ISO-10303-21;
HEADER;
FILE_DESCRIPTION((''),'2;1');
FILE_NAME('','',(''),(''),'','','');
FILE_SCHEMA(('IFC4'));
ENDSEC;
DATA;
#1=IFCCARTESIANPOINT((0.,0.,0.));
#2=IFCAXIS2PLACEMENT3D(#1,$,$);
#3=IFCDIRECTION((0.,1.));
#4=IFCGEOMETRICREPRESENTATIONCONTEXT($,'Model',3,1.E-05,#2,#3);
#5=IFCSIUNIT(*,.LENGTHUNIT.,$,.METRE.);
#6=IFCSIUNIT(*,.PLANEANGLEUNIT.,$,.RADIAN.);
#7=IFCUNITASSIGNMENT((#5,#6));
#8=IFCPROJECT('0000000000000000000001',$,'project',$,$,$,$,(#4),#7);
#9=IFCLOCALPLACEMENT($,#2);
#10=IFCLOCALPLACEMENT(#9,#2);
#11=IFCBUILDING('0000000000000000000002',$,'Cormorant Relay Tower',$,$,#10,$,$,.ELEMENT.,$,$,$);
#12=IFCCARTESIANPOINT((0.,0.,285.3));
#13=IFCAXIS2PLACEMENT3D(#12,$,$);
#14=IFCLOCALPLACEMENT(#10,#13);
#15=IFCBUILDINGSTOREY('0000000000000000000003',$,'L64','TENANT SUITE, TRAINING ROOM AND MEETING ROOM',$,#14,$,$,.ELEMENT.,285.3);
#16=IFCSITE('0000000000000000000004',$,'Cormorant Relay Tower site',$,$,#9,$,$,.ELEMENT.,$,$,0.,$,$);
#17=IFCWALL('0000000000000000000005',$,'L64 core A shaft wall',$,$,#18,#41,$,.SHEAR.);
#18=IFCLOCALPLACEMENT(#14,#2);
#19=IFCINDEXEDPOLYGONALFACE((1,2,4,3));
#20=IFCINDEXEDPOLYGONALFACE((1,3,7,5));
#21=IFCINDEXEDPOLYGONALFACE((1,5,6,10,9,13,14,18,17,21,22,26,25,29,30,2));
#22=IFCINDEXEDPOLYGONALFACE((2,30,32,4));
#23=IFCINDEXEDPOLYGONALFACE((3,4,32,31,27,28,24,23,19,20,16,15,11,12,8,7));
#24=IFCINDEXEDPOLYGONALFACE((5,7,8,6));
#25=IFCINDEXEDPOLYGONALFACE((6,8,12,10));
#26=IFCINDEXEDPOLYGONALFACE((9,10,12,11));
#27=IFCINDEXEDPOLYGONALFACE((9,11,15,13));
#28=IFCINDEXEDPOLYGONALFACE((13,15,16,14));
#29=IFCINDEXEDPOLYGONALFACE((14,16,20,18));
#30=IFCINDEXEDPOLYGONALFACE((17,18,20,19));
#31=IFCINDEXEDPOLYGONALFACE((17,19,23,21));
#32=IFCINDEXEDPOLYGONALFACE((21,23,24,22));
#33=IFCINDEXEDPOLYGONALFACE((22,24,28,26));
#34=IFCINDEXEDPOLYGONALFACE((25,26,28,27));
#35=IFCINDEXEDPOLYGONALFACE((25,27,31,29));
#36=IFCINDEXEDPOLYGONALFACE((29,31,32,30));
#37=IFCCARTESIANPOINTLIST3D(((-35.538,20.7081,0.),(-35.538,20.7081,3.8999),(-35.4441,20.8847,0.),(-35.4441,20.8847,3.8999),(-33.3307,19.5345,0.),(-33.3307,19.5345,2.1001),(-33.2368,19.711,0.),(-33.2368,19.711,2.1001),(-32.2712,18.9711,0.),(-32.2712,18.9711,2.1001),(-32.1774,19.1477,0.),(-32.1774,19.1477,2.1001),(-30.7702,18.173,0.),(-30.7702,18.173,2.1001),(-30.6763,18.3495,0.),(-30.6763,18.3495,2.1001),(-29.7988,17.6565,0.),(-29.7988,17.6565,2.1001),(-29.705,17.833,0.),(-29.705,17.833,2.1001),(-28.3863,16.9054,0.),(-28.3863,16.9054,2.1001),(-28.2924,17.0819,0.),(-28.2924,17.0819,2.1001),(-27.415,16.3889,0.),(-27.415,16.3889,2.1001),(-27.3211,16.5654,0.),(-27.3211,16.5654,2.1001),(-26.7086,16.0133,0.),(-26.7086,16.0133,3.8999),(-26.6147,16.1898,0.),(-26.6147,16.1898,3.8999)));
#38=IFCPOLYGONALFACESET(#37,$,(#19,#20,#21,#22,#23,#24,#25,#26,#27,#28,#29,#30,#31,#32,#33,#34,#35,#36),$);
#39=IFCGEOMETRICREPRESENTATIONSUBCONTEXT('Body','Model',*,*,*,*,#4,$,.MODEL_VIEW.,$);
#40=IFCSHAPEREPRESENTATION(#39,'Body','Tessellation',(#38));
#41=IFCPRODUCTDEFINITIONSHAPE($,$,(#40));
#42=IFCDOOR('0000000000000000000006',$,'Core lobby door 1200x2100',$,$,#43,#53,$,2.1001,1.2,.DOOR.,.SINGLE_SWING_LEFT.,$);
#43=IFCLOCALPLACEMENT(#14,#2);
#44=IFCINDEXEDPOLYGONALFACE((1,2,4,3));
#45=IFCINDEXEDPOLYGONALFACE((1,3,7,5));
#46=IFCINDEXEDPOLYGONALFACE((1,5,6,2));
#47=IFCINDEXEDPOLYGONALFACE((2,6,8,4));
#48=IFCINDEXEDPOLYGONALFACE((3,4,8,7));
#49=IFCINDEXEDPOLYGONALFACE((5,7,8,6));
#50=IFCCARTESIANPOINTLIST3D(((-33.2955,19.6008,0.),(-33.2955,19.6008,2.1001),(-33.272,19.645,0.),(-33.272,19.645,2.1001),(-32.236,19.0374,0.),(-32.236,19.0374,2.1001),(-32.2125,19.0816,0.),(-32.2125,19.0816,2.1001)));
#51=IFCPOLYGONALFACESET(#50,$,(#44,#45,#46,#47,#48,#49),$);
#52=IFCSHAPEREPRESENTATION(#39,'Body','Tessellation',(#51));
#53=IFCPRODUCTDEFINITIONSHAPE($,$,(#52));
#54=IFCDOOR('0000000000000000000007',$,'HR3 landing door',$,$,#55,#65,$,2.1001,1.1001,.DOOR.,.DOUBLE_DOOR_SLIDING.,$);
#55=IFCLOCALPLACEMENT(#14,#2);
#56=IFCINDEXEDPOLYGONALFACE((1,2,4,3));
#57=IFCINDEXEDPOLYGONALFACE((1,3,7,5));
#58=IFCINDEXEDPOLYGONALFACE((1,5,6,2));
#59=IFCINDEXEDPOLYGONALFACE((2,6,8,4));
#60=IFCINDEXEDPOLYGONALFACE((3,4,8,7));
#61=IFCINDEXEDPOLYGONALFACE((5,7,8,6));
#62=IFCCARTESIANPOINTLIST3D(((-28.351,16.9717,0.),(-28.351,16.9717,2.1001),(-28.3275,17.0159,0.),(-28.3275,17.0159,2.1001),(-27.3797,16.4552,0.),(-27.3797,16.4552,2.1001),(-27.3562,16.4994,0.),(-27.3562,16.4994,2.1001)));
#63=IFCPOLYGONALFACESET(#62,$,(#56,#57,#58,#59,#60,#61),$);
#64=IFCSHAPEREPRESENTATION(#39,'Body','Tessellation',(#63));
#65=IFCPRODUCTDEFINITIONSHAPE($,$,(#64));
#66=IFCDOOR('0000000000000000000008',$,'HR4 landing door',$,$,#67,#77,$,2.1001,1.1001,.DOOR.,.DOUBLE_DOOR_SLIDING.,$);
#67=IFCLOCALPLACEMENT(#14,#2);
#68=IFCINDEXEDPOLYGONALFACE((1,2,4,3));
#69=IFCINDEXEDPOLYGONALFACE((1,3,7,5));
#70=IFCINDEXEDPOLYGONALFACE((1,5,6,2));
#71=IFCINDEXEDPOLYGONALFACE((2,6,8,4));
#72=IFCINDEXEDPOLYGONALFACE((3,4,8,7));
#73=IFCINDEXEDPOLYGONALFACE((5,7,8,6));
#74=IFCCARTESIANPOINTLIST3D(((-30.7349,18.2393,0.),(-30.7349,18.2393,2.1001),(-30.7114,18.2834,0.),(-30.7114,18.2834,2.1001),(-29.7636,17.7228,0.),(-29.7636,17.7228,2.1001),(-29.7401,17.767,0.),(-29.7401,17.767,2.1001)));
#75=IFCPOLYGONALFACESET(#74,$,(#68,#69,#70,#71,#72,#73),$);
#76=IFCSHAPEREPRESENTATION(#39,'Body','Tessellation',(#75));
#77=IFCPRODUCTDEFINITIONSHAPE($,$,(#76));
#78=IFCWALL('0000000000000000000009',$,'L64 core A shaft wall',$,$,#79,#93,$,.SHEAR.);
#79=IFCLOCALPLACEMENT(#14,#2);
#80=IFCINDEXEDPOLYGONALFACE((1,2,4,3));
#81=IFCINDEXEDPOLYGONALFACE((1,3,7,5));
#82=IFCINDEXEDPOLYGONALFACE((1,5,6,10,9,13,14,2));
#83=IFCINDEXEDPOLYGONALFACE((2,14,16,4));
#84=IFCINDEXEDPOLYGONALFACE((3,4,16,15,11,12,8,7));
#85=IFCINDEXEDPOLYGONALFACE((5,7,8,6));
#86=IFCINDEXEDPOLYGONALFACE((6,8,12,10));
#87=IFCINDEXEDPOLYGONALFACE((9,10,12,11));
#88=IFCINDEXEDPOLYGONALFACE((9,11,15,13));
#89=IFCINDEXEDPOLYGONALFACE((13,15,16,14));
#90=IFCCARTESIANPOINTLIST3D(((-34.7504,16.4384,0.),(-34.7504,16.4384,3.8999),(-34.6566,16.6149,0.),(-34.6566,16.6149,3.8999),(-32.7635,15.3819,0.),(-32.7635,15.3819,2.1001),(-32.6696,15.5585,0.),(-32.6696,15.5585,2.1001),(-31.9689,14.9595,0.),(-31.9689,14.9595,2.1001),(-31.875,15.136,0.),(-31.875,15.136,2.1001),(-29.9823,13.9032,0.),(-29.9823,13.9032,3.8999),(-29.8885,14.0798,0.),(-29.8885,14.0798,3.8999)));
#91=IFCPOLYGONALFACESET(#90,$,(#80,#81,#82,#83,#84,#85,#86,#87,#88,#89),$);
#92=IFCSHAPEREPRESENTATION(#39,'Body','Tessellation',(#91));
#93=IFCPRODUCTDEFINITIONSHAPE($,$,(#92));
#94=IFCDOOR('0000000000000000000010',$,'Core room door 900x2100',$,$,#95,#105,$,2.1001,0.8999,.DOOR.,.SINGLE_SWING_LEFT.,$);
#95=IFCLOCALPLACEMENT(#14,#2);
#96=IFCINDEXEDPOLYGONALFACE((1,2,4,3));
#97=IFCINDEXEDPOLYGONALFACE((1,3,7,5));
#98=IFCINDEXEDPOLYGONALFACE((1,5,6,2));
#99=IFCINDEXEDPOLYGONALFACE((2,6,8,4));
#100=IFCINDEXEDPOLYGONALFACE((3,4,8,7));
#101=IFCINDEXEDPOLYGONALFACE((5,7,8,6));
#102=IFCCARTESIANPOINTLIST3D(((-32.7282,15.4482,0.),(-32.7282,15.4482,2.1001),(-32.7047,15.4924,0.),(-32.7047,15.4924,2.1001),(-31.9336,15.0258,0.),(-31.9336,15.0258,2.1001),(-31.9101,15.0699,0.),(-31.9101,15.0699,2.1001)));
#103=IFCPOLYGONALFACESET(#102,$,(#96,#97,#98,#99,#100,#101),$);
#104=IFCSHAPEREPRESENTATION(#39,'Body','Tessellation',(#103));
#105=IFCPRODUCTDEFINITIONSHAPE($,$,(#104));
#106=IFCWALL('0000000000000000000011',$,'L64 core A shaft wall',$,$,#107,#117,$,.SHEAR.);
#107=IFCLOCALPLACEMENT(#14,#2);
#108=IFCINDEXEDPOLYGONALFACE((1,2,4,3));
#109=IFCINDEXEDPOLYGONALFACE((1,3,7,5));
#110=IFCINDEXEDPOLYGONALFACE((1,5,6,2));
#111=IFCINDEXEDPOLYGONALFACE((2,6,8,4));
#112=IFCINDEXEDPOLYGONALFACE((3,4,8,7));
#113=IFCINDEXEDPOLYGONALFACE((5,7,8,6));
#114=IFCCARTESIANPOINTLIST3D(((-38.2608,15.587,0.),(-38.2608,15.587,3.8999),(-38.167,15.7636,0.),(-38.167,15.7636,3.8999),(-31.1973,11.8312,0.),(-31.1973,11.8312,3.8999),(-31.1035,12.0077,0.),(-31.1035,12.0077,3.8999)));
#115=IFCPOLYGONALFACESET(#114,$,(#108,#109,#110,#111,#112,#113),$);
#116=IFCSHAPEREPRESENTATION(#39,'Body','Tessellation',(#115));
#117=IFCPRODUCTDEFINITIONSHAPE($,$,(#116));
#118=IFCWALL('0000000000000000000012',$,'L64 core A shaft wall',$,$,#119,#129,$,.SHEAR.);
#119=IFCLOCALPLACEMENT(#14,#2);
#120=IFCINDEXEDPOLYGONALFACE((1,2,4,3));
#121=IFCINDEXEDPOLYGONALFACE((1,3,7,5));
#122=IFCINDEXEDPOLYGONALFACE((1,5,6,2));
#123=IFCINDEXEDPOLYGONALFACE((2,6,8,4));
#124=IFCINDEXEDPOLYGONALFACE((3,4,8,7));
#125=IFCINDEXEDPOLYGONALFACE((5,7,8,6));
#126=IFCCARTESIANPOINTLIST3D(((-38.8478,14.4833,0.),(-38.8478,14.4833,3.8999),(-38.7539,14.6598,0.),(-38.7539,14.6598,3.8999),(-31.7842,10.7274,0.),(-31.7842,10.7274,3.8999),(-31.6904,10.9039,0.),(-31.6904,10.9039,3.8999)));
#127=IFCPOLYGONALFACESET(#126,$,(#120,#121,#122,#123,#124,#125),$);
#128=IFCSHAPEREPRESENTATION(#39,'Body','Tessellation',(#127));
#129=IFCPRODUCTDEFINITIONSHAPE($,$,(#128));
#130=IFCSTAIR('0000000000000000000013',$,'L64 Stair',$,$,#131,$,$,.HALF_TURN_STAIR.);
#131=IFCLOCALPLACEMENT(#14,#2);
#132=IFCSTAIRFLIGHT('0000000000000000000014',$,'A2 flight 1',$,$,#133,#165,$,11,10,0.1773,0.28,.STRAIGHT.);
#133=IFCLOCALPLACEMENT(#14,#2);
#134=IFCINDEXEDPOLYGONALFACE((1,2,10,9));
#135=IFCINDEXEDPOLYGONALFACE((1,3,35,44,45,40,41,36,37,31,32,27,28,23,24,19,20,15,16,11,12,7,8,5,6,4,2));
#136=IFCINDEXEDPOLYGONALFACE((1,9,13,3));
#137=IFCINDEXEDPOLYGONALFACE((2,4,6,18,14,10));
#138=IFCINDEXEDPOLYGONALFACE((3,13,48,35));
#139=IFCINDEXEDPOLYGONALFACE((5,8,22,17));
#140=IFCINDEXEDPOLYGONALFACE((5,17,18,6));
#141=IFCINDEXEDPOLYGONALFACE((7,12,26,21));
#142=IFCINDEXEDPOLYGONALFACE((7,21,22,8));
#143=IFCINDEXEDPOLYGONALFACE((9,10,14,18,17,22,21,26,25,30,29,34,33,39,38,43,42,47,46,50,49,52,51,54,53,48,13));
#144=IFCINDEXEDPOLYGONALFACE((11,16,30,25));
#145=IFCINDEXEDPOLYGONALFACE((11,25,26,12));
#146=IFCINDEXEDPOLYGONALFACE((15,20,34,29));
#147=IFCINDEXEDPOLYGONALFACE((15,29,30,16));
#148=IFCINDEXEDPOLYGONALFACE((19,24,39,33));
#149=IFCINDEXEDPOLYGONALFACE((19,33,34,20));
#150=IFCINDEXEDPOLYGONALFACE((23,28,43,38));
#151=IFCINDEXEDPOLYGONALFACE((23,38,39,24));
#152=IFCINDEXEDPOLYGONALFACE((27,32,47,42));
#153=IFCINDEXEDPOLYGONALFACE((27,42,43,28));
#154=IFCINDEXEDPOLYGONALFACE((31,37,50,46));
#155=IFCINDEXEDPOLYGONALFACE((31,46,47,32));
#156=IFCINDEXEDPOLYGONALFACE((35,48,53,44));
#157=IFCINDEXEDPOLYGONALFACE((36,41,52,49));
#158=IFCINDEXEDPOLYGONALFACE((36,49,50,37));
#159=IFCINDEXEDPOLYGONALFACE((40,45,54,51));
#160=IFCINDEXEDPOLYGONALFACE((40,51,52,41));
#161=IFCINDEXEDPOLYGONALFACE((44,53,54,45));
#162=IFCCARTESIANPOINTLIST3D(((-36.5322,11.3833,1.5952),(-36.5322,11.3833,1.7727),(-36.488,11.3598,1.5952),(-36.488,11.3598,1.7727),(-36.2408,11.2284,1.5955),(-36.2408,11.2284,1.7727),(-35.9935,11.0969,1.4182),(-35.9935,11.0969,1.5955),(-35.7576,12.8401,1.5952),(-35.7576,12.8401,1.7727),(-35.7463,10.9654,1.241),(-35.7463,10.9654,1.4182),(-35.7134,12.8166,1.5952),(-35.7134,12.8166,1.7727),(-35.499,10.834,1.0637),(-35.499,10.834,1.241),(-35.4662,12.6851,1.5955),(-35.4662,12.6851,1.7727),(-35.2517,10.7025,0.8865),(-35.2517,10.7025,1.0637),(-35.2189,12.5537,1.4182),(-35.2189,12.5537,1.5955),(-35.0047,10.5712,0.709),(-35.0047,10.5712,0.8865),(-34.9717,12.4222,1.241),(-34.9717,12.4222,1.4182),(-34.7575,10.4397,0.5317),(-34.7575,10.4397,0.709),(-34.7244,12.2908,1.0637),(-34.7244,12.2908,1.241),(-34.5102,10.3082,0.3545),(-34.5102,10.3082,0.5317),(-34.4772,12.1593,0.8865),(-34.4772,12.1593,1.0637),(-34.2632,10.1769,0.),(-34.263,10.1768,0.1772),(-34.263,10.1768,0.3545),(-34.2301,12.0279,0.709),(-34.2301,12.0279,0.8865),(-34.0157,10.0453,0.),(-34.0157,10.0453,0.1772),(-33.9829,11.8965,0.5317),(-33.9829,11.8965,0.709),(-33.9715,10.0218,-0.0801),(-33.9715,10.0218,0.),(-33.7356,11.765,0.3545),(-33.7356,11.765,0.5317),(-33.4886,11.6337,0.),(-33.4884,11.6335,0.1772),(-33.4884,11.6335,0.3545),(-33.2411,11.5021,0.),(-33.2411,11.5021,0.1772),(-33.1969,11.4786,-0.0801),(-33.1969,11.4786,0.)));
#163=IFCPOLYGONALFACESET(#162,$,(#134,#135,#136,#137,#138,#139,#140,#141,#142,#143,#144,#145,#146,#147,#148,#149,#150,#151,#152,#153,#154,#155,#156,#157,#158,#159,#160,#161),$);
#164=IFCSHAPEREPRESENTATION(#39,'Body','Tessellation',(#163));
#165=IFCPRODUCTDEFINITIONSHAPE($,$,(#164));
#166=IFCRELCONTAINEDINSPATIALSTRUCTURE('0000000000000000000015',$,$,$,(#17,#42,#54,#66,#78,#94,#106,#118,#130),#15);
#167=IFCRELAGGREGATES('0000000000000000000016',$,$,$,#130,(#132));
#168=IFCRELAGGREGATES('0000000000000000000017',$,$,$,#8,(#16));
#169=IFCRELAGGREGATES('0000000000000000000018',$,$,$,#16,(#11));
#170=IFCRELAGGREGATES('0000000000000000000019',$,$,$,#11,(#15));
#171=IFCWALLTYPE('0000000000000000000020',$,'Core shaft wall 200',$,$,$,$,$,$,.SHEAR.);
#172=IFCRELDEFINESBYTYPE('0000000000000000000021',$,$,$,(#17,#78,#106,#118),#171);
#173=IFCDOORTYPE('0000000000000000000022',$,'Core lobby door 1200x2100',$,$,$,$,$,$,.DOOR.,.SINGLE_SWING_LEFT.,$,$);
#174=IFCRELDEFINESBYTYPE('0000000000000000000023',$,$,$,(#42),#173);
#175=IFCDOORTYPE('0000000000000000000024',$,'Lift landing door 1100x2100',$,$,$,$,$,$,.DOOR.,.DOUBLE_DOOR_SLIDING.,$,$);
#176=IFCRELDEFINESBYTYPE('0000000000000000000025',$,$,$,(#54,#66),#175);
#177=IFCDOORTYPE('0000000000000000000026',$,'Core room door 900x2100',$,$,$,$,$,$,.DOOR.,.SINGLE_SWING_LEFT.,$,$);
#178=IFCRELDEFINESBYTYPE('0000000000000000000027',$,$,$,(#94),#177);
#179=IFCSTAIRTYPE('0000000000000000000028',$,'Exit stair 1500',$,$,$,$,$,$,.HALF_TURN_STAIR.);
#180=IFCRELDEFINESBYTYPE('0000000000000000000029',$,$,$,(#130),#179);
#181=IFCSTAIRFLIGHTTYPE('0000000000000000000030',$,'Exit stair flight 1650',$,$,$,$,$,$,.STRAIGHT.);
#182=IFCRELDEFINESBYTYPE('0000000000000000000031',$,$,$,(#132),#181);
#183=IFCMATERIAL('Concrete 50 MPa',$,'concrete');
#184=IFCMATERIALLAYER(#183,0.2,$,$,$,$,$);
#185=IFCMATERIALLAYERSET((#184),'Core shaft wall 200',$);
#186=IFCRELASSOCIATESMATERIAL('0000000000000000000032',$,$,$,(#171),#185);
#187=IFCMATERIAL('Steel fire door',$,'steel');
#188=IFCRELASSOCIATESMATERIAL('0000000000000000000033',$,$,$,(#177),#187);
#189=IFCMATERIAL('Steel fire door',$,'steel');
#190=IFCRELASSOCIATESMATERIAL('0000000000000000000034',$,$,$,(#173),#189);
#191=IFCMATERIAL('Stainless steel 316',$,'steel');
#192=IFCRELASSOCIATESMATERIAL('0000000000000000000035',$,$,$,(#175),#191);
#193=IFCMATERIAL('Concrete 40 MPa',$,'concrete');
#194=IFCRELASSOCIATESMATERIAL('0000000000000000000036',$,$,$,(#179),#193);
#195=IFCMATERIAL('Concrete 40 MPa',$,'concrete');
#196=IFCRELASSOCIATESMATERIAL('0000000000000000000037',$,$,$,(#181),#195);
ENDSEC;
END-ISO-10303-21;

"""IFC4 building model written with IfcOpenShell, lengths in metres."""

from ifc_helpers import new_model, si_unit, direction, frame, frame_2d, origin, place, context, subcontext, project, spatial, polyline, rectangle, outline, extrude, material, layer, layer_set, type_object, element, fill, aggregate, save


model = new_model("IFC4")

# Units and contexts
model_context = context("Model", 3, precision=1e-05, world=origin(), true_north=direction((0.0, 1.0)))
body_context = subcontext(model_context, "Body", "Model", "MODEL_VIEW")
ifc_project = project(units=[si_unit("LENGTHUNIT", "METRE"), si_unit("PLANEANGLEUNIT", "RADIAN")], contexts=[model_context])

# Site, building, storey
site_placement = place(None, origin())
site = spatial("IfcSite", under=ifc_project, at=site_placement, Name="Cormorant Relay Tower site", CompositionType="ELEMENT", RefElevation=0.0)
building_placement = place(site_placement, origin())
building = spatial("IfcBuilding", under=site, at=building_placement, Name="Cormorant Relay Tower", CompositionType="ELEMENT")
storey_placement = place(building_placement, frame((0.0, 0.0, 285.3)))
storey = spatial("IfcBuildingStorey", under=building, at=storey_placement, Name="L64", Description="TENANT SUITE, TRAINING ROOM AND MEETING ROOM", CompositionType="ELEMENT", Elevation=285.3)

# Shared definitions
ifc_material_1 = material(Name="Concrete 50 MPa", Category="concrete")
ifc_layer_1 = layer(ifc_material_1, 0.2)
ifc_layer_set_1 = layer_set([ifc_layer_1], Name="Core shaft wall 200")
wall_type_1 = type_object("IfcWallType", Name="Core shaft wall 200", PredefinedType="SHEAR", material=ifc_layer_set_1)
ifc_material_2 = material(Name="Steel fire door", Category="steel")
door_type_1 = type_object("IfcDoorType", Name="Core room door 900x2100", OperationType="SINGLE_SWING_LEFT", PredefinedType="DOOR", material=ifc_material_2)

# Wall, openings, doors
wall_1_placement = place(storey_placement, frame((-26.6616, 16.1016, 0.0), z_axis=(0.0, 0.0, 1.0), x_axis=(-0.88294, 0.469485, 0.0)))
wall_1 = element("IfcWall", 1, at=wall_1_placement, inside=storey, type_object=wall_type_1, Name="L64 core A shaft wall", PredefinedType="SHEAR", context=body_context, shape_type="SweptSolid", body=[
    extrude(rectangle(XDim=10.0, YDim=0.2, at=frame_2d((5.0, 0.0))), origin(), (0.0, 0.0, 1.0), 3.8999),
])
opening_1_placement = place(wall_1_placement, frame((6.3, 0.0, 0.0)))
opening_1 = element("IfcOpeningElement", 2, at=opening_1_placement, cuts=wall_1, PredefinedType="OPENING", context=body_context, shape_type="SweptSolid", body=[
    extrude(rectangle(XDim=1.2, YDim=2.1001, at=frame_2d((0.6001, 1.05))), frame((0.0, 0.1099, 0.0), z_axis=(0.0, -1.0, 0.0), x_axis=(1.0, 0.0, 0.0)), (0.0, 0.0, 1.0), 0.22),
])
opening_2_placement = place(wall_1_placement, frame((0.8, 0.0, 0.0)))
opening_2 = element("IfcOpeningElement", 3, at=opening_2_placement, cuts=wall_1, PredefinedType="OPENING", context=body_context, shape_type="SweptSolid", body=[
    extrude(rectangle(XDim=1.1001, YDim=2.1001, at=frame_2d((0.55, 1.05))), frame((0.0, 0.1099, 0.0), z_axis=(0.0, -1.0, 0.0), x_axis=(1.0, 0.0, 0.0)), (0.0, 0.0, 1.0), 0.22),
])
opening_3_placement = place(wall_1_placement, frame((3.5, 0.0, 0.0)))
opening_3 = element("IfcOpeningElement", 4, at=opening_3_placement, cuts=wall_1, PredefinedType="OPENING", context=body_context, shape_type="SweptSolid", body=[
    extrude(rectangle(XDim=1.1001, YDim=2.1001, at=frame_2d((0.55, 1.05))), frame((0.0, 0.1099, 0.0), z_axis=(0.0, -1.0, 0.0), x_axis=(1.0, 0.0, 0.0)), (0.0, 0.0, 1.0), 0.22),
])
ifc_material_3 = material(Name="Steel fire door", Category="steel")
door_type_2 = type_object("IfcDoorType", Name="Core lobby door 1200x2100", OperationType="SINGLE_SWING_LEFT", PredefinedType="DOOR", material=ifc_material_3)
door_1_placement = place(opening_1_placement, origin())
door_1 = element("IfcDoor", 5, at=door_1_placement, inside=storey, type_object=door_type_2, Name="Core lobby door 1200x2100", OperationType="SINGLE_SWING_LEFT", OverallHeight=2.1001, OverallWidth=1.2, PredefinedType="DOOR", context=body_context, shape_type="SweptSolid", body=[
    extrude(rectangle(XDim=1.2, YDim=2.1001, at=frame_2d((0.6001, 1.05))), frame((0.0, 0.0249, 0.0), z_axis=(0.0, -1.0, 0.0), x_axis=(1.0, 0.0, 0.0)), (0.0, 0.0, 1.0), 0.05),
])
fill(opening_1, door_1)
ifc_material_4 = material(Name="Stainless steel 316", Category="steel")
door_type_3 = type_object("IfcDoorType", Name="Lift landing door 1100x2100", OperationType="DOUBLE_DOOR_SLIDING", PredefinedType="DOOR", material=ifc_material_4)
door_2_placement = place(opening_2_placement, origin())
door_2 = element("IfcDoor", 6, at=door_2_placement, inside=storey, type_object=door_type_3, Name="HR3 landing door", OperationType="DOUBLE_DOOR_SLIDING", OverallHeight=2.1001, OverallWidth=1.1001, PredefinedType="DOOR", context=body_context, shape_type="SweptSolid", body=[
    extrude(rectangle(XDim=1.1001, YDim=2.1001, at=frame_2d((0.55, 1.05))), frame((0.0, 0.0249, 0.0), z_axis=(0.0, -1.0, 0.0), x_axis=(1.0, 0.0, 0.0)), (0.0, 0.0, 1.0), 0.05),
])
fill(opening_2, door_2)
door_3_placement = place(opening_3_placement, origin())
door_3 = element("IfcDoor", 7, at=door_3_placement, inside=storey, type_object=door_type_3, Name="HR4 landing door", OperationType="DOUBLE_DOOR_SLIDING", OverallHeight=2.1001, OverallWidth=1.1001, PredefinedType="DOOR", context=body_context, shape_type="SweptSolid", body=[
    extrude(rectangle(XDim=1.1001, YDim=2.1001, at=frame_2d((0.55, 1.05))), frame((0.0, 0.0249, 0.0), z_axis=(0.0, -1.0, 0.0), x_axis=(1.0, 0.0, 0.0)), (0.0, 0.0, 1.0), 0.05),
])
fill(opening_3, door_3)

# Wall, opening, door
wall_2_placement = place(storey_placement, frame((-29.9353, 13.9915, 0.0), z_axis=(0.0, 0.0, 1.0), x_axis=(-0.882953, 0.469462, 0.0)))
wall_2 = element("IfcWall", 8, at=wall_2_placement, inside=storey, type_object=wall_type_1, Name="L64 core A shaft wall", PredefinedType="SHEAR", context=body_context, shape_type="SweptSolid", body=[
    extrude(rectangle(XDim=5.4001, YDim=0.2, at=frame_2d((2.7002, 0.0))), origin(), (0.0, 0.0, 1.0), 3.8999),
])
opening_4_placement = place(wall_2_placement, frame((2.25, 0.0, 0.0)))
opening_4 = element("IfcOpeningElement", 9, at=opening_4_placement, cuts=wall_2, PredefinedType="OPENING", context=body_context, shape_type="SweptSolid", body=[
    extrude(rectangle(XDim=0.8999, YDim=2.1001, at=frame_2d((0.45, 1.05))), frame((0.0, 0.1099, 0.0), z_axis=(0.0, -1.0, 0.0), x_axis=(1.0, 0.0, 0.0)), (0.0, 0.0, 1.0), 0.22),
])
door_4_placement = place(opening_4_placement, origin())
door_4 = element("IfcDoor", 10, at=door_4_placement, inside=storey, type_object=door_type_1, Name="Core room door 900x2100", OperationType="SINGLE_SWING_LEFT", OverallHeight=2.1001, OverallWidth=0.8999, PredefinedType="DOOR", context=body_context, shape_type="SweptSolid", body=[
    extrude(rectangle(XDim=0.8999, YDim=2.1001, at=frame_2d((0.45, 1.05))), frame((0.0, 0.0249, 0.0), z_axis=(0.0, -1.0, 0.0), x_axis=(1.0, 0.0, 0.0)), (0.0, 0.0, 1.0), 0.05),
])
fill(opening_4, door_4)

# Walls
for number, where, z_axis, x_axis, name in (
    (11, (-31.1504, 11.9194, 0.0), (0.0, 0.0, 1.0), (-0.88294, 0.469485, 0.0), "L64 core A shaft wall"),
    (12, (-31.7373, 10.8157, 0.0), (0.0, 0.0, 1.0), (-0.88294, 0.469485, 0.0), "L64 core A shaft wall"),
):
    element("IfcWall", number, at=place(storey_placement, frame(where, z_axis=z_axis, x_axis=x_axis)), inside=storey, type_object=wall_type_1, Name=name, PredefinedType="SHEAR", context=body_context, shape_type="SweptSolid", body=[
        extrude(rectangle(XDim=8.0, YDim=0.2, at=frame_2d((4.0, 0.0))), origin(), (0.0, 0.0, 1.0), 3.8999),
    ])

# Stair, stair flight
ifc_material_5 = material(Name="Concrete 40 MPa", Category="concrete")
stair_type = type_object("IfcStairType", Name="Exit stair 1500", PredefinedType="HALF_TURN_STAIR", material=ifc_material_5)
stair_placement = place(storey_placement, origin())
stair = element("IfcStair", 13, at=stair_placement, inside=storey, type_object=stair_type, Name="L64 Stair", PredefinedType="HALF_TURN_STAIR")
ifc_material_6 = material(Name="Concrete 40 MPa", Category="concrete")
stair_flight_type = type_object("IfcStairFlightType", Name="Exit stair flight 1650", PredefinedType="STRAIGHT", material=ifc_material_6)
stair_flight_placement = place(storey_placement, frame((-33.6284, 10.7737, 0.0), z_axis=(0.0, 0.0, 1.0), x_axis=(-0.882948, 0.469472, 0.0)))
stair_flight = element("IfcStairFlight", 14, at=stair_flight_placement, type_object=stair_flight_type, Name="A2 flight 1", NumberOfRisers=11, NumberOfTreads=10, PredefinedType="STRAIGHT", RiserHeight=0.1773, TreadLength=0.28, context=body_context, shape_type="SweptSolid", body=[
    extrude(outline(polyline([(-0.05, -0.0801), (-0.05, 0.0), (0.0, 0.0), (0.0, 0.1772), (0.28, 0.1772), (0.28, 0.3545), (0.5601, 0.3545), (0.5601, 0.5317), (0.8401, 0.5317), (0.8401, 0.709), (1.1201, 0.709), (1.1201, 0.8865), (1.3999, 0.8865), (1.3999, 1.0637), (1.6799, 1.0637), (1.6799, 1.241), (1.96, 1.241), (1.96, 1.4182), (2.24, 1.4182), (2.24, 1.5955), (2.52, 1.5955), (2.52, 1.7727), (2.8, 1.7727), (2.8501, 1.7727), (2.8501, 1.5952), (2.8, 1.5952), (0.2803, 0.0), (-0.05, -0.0801)])), frame((0.0, 0.825, 0.0), z_axis=(0.0, -1.0, 0.0), x_axis=(1.0, 0.0, 0.0)), (0.0, 0.0, 1.0), 1.6499),
])
aggregate(stair, [stair_flight])

save(model, "model.ifc")
